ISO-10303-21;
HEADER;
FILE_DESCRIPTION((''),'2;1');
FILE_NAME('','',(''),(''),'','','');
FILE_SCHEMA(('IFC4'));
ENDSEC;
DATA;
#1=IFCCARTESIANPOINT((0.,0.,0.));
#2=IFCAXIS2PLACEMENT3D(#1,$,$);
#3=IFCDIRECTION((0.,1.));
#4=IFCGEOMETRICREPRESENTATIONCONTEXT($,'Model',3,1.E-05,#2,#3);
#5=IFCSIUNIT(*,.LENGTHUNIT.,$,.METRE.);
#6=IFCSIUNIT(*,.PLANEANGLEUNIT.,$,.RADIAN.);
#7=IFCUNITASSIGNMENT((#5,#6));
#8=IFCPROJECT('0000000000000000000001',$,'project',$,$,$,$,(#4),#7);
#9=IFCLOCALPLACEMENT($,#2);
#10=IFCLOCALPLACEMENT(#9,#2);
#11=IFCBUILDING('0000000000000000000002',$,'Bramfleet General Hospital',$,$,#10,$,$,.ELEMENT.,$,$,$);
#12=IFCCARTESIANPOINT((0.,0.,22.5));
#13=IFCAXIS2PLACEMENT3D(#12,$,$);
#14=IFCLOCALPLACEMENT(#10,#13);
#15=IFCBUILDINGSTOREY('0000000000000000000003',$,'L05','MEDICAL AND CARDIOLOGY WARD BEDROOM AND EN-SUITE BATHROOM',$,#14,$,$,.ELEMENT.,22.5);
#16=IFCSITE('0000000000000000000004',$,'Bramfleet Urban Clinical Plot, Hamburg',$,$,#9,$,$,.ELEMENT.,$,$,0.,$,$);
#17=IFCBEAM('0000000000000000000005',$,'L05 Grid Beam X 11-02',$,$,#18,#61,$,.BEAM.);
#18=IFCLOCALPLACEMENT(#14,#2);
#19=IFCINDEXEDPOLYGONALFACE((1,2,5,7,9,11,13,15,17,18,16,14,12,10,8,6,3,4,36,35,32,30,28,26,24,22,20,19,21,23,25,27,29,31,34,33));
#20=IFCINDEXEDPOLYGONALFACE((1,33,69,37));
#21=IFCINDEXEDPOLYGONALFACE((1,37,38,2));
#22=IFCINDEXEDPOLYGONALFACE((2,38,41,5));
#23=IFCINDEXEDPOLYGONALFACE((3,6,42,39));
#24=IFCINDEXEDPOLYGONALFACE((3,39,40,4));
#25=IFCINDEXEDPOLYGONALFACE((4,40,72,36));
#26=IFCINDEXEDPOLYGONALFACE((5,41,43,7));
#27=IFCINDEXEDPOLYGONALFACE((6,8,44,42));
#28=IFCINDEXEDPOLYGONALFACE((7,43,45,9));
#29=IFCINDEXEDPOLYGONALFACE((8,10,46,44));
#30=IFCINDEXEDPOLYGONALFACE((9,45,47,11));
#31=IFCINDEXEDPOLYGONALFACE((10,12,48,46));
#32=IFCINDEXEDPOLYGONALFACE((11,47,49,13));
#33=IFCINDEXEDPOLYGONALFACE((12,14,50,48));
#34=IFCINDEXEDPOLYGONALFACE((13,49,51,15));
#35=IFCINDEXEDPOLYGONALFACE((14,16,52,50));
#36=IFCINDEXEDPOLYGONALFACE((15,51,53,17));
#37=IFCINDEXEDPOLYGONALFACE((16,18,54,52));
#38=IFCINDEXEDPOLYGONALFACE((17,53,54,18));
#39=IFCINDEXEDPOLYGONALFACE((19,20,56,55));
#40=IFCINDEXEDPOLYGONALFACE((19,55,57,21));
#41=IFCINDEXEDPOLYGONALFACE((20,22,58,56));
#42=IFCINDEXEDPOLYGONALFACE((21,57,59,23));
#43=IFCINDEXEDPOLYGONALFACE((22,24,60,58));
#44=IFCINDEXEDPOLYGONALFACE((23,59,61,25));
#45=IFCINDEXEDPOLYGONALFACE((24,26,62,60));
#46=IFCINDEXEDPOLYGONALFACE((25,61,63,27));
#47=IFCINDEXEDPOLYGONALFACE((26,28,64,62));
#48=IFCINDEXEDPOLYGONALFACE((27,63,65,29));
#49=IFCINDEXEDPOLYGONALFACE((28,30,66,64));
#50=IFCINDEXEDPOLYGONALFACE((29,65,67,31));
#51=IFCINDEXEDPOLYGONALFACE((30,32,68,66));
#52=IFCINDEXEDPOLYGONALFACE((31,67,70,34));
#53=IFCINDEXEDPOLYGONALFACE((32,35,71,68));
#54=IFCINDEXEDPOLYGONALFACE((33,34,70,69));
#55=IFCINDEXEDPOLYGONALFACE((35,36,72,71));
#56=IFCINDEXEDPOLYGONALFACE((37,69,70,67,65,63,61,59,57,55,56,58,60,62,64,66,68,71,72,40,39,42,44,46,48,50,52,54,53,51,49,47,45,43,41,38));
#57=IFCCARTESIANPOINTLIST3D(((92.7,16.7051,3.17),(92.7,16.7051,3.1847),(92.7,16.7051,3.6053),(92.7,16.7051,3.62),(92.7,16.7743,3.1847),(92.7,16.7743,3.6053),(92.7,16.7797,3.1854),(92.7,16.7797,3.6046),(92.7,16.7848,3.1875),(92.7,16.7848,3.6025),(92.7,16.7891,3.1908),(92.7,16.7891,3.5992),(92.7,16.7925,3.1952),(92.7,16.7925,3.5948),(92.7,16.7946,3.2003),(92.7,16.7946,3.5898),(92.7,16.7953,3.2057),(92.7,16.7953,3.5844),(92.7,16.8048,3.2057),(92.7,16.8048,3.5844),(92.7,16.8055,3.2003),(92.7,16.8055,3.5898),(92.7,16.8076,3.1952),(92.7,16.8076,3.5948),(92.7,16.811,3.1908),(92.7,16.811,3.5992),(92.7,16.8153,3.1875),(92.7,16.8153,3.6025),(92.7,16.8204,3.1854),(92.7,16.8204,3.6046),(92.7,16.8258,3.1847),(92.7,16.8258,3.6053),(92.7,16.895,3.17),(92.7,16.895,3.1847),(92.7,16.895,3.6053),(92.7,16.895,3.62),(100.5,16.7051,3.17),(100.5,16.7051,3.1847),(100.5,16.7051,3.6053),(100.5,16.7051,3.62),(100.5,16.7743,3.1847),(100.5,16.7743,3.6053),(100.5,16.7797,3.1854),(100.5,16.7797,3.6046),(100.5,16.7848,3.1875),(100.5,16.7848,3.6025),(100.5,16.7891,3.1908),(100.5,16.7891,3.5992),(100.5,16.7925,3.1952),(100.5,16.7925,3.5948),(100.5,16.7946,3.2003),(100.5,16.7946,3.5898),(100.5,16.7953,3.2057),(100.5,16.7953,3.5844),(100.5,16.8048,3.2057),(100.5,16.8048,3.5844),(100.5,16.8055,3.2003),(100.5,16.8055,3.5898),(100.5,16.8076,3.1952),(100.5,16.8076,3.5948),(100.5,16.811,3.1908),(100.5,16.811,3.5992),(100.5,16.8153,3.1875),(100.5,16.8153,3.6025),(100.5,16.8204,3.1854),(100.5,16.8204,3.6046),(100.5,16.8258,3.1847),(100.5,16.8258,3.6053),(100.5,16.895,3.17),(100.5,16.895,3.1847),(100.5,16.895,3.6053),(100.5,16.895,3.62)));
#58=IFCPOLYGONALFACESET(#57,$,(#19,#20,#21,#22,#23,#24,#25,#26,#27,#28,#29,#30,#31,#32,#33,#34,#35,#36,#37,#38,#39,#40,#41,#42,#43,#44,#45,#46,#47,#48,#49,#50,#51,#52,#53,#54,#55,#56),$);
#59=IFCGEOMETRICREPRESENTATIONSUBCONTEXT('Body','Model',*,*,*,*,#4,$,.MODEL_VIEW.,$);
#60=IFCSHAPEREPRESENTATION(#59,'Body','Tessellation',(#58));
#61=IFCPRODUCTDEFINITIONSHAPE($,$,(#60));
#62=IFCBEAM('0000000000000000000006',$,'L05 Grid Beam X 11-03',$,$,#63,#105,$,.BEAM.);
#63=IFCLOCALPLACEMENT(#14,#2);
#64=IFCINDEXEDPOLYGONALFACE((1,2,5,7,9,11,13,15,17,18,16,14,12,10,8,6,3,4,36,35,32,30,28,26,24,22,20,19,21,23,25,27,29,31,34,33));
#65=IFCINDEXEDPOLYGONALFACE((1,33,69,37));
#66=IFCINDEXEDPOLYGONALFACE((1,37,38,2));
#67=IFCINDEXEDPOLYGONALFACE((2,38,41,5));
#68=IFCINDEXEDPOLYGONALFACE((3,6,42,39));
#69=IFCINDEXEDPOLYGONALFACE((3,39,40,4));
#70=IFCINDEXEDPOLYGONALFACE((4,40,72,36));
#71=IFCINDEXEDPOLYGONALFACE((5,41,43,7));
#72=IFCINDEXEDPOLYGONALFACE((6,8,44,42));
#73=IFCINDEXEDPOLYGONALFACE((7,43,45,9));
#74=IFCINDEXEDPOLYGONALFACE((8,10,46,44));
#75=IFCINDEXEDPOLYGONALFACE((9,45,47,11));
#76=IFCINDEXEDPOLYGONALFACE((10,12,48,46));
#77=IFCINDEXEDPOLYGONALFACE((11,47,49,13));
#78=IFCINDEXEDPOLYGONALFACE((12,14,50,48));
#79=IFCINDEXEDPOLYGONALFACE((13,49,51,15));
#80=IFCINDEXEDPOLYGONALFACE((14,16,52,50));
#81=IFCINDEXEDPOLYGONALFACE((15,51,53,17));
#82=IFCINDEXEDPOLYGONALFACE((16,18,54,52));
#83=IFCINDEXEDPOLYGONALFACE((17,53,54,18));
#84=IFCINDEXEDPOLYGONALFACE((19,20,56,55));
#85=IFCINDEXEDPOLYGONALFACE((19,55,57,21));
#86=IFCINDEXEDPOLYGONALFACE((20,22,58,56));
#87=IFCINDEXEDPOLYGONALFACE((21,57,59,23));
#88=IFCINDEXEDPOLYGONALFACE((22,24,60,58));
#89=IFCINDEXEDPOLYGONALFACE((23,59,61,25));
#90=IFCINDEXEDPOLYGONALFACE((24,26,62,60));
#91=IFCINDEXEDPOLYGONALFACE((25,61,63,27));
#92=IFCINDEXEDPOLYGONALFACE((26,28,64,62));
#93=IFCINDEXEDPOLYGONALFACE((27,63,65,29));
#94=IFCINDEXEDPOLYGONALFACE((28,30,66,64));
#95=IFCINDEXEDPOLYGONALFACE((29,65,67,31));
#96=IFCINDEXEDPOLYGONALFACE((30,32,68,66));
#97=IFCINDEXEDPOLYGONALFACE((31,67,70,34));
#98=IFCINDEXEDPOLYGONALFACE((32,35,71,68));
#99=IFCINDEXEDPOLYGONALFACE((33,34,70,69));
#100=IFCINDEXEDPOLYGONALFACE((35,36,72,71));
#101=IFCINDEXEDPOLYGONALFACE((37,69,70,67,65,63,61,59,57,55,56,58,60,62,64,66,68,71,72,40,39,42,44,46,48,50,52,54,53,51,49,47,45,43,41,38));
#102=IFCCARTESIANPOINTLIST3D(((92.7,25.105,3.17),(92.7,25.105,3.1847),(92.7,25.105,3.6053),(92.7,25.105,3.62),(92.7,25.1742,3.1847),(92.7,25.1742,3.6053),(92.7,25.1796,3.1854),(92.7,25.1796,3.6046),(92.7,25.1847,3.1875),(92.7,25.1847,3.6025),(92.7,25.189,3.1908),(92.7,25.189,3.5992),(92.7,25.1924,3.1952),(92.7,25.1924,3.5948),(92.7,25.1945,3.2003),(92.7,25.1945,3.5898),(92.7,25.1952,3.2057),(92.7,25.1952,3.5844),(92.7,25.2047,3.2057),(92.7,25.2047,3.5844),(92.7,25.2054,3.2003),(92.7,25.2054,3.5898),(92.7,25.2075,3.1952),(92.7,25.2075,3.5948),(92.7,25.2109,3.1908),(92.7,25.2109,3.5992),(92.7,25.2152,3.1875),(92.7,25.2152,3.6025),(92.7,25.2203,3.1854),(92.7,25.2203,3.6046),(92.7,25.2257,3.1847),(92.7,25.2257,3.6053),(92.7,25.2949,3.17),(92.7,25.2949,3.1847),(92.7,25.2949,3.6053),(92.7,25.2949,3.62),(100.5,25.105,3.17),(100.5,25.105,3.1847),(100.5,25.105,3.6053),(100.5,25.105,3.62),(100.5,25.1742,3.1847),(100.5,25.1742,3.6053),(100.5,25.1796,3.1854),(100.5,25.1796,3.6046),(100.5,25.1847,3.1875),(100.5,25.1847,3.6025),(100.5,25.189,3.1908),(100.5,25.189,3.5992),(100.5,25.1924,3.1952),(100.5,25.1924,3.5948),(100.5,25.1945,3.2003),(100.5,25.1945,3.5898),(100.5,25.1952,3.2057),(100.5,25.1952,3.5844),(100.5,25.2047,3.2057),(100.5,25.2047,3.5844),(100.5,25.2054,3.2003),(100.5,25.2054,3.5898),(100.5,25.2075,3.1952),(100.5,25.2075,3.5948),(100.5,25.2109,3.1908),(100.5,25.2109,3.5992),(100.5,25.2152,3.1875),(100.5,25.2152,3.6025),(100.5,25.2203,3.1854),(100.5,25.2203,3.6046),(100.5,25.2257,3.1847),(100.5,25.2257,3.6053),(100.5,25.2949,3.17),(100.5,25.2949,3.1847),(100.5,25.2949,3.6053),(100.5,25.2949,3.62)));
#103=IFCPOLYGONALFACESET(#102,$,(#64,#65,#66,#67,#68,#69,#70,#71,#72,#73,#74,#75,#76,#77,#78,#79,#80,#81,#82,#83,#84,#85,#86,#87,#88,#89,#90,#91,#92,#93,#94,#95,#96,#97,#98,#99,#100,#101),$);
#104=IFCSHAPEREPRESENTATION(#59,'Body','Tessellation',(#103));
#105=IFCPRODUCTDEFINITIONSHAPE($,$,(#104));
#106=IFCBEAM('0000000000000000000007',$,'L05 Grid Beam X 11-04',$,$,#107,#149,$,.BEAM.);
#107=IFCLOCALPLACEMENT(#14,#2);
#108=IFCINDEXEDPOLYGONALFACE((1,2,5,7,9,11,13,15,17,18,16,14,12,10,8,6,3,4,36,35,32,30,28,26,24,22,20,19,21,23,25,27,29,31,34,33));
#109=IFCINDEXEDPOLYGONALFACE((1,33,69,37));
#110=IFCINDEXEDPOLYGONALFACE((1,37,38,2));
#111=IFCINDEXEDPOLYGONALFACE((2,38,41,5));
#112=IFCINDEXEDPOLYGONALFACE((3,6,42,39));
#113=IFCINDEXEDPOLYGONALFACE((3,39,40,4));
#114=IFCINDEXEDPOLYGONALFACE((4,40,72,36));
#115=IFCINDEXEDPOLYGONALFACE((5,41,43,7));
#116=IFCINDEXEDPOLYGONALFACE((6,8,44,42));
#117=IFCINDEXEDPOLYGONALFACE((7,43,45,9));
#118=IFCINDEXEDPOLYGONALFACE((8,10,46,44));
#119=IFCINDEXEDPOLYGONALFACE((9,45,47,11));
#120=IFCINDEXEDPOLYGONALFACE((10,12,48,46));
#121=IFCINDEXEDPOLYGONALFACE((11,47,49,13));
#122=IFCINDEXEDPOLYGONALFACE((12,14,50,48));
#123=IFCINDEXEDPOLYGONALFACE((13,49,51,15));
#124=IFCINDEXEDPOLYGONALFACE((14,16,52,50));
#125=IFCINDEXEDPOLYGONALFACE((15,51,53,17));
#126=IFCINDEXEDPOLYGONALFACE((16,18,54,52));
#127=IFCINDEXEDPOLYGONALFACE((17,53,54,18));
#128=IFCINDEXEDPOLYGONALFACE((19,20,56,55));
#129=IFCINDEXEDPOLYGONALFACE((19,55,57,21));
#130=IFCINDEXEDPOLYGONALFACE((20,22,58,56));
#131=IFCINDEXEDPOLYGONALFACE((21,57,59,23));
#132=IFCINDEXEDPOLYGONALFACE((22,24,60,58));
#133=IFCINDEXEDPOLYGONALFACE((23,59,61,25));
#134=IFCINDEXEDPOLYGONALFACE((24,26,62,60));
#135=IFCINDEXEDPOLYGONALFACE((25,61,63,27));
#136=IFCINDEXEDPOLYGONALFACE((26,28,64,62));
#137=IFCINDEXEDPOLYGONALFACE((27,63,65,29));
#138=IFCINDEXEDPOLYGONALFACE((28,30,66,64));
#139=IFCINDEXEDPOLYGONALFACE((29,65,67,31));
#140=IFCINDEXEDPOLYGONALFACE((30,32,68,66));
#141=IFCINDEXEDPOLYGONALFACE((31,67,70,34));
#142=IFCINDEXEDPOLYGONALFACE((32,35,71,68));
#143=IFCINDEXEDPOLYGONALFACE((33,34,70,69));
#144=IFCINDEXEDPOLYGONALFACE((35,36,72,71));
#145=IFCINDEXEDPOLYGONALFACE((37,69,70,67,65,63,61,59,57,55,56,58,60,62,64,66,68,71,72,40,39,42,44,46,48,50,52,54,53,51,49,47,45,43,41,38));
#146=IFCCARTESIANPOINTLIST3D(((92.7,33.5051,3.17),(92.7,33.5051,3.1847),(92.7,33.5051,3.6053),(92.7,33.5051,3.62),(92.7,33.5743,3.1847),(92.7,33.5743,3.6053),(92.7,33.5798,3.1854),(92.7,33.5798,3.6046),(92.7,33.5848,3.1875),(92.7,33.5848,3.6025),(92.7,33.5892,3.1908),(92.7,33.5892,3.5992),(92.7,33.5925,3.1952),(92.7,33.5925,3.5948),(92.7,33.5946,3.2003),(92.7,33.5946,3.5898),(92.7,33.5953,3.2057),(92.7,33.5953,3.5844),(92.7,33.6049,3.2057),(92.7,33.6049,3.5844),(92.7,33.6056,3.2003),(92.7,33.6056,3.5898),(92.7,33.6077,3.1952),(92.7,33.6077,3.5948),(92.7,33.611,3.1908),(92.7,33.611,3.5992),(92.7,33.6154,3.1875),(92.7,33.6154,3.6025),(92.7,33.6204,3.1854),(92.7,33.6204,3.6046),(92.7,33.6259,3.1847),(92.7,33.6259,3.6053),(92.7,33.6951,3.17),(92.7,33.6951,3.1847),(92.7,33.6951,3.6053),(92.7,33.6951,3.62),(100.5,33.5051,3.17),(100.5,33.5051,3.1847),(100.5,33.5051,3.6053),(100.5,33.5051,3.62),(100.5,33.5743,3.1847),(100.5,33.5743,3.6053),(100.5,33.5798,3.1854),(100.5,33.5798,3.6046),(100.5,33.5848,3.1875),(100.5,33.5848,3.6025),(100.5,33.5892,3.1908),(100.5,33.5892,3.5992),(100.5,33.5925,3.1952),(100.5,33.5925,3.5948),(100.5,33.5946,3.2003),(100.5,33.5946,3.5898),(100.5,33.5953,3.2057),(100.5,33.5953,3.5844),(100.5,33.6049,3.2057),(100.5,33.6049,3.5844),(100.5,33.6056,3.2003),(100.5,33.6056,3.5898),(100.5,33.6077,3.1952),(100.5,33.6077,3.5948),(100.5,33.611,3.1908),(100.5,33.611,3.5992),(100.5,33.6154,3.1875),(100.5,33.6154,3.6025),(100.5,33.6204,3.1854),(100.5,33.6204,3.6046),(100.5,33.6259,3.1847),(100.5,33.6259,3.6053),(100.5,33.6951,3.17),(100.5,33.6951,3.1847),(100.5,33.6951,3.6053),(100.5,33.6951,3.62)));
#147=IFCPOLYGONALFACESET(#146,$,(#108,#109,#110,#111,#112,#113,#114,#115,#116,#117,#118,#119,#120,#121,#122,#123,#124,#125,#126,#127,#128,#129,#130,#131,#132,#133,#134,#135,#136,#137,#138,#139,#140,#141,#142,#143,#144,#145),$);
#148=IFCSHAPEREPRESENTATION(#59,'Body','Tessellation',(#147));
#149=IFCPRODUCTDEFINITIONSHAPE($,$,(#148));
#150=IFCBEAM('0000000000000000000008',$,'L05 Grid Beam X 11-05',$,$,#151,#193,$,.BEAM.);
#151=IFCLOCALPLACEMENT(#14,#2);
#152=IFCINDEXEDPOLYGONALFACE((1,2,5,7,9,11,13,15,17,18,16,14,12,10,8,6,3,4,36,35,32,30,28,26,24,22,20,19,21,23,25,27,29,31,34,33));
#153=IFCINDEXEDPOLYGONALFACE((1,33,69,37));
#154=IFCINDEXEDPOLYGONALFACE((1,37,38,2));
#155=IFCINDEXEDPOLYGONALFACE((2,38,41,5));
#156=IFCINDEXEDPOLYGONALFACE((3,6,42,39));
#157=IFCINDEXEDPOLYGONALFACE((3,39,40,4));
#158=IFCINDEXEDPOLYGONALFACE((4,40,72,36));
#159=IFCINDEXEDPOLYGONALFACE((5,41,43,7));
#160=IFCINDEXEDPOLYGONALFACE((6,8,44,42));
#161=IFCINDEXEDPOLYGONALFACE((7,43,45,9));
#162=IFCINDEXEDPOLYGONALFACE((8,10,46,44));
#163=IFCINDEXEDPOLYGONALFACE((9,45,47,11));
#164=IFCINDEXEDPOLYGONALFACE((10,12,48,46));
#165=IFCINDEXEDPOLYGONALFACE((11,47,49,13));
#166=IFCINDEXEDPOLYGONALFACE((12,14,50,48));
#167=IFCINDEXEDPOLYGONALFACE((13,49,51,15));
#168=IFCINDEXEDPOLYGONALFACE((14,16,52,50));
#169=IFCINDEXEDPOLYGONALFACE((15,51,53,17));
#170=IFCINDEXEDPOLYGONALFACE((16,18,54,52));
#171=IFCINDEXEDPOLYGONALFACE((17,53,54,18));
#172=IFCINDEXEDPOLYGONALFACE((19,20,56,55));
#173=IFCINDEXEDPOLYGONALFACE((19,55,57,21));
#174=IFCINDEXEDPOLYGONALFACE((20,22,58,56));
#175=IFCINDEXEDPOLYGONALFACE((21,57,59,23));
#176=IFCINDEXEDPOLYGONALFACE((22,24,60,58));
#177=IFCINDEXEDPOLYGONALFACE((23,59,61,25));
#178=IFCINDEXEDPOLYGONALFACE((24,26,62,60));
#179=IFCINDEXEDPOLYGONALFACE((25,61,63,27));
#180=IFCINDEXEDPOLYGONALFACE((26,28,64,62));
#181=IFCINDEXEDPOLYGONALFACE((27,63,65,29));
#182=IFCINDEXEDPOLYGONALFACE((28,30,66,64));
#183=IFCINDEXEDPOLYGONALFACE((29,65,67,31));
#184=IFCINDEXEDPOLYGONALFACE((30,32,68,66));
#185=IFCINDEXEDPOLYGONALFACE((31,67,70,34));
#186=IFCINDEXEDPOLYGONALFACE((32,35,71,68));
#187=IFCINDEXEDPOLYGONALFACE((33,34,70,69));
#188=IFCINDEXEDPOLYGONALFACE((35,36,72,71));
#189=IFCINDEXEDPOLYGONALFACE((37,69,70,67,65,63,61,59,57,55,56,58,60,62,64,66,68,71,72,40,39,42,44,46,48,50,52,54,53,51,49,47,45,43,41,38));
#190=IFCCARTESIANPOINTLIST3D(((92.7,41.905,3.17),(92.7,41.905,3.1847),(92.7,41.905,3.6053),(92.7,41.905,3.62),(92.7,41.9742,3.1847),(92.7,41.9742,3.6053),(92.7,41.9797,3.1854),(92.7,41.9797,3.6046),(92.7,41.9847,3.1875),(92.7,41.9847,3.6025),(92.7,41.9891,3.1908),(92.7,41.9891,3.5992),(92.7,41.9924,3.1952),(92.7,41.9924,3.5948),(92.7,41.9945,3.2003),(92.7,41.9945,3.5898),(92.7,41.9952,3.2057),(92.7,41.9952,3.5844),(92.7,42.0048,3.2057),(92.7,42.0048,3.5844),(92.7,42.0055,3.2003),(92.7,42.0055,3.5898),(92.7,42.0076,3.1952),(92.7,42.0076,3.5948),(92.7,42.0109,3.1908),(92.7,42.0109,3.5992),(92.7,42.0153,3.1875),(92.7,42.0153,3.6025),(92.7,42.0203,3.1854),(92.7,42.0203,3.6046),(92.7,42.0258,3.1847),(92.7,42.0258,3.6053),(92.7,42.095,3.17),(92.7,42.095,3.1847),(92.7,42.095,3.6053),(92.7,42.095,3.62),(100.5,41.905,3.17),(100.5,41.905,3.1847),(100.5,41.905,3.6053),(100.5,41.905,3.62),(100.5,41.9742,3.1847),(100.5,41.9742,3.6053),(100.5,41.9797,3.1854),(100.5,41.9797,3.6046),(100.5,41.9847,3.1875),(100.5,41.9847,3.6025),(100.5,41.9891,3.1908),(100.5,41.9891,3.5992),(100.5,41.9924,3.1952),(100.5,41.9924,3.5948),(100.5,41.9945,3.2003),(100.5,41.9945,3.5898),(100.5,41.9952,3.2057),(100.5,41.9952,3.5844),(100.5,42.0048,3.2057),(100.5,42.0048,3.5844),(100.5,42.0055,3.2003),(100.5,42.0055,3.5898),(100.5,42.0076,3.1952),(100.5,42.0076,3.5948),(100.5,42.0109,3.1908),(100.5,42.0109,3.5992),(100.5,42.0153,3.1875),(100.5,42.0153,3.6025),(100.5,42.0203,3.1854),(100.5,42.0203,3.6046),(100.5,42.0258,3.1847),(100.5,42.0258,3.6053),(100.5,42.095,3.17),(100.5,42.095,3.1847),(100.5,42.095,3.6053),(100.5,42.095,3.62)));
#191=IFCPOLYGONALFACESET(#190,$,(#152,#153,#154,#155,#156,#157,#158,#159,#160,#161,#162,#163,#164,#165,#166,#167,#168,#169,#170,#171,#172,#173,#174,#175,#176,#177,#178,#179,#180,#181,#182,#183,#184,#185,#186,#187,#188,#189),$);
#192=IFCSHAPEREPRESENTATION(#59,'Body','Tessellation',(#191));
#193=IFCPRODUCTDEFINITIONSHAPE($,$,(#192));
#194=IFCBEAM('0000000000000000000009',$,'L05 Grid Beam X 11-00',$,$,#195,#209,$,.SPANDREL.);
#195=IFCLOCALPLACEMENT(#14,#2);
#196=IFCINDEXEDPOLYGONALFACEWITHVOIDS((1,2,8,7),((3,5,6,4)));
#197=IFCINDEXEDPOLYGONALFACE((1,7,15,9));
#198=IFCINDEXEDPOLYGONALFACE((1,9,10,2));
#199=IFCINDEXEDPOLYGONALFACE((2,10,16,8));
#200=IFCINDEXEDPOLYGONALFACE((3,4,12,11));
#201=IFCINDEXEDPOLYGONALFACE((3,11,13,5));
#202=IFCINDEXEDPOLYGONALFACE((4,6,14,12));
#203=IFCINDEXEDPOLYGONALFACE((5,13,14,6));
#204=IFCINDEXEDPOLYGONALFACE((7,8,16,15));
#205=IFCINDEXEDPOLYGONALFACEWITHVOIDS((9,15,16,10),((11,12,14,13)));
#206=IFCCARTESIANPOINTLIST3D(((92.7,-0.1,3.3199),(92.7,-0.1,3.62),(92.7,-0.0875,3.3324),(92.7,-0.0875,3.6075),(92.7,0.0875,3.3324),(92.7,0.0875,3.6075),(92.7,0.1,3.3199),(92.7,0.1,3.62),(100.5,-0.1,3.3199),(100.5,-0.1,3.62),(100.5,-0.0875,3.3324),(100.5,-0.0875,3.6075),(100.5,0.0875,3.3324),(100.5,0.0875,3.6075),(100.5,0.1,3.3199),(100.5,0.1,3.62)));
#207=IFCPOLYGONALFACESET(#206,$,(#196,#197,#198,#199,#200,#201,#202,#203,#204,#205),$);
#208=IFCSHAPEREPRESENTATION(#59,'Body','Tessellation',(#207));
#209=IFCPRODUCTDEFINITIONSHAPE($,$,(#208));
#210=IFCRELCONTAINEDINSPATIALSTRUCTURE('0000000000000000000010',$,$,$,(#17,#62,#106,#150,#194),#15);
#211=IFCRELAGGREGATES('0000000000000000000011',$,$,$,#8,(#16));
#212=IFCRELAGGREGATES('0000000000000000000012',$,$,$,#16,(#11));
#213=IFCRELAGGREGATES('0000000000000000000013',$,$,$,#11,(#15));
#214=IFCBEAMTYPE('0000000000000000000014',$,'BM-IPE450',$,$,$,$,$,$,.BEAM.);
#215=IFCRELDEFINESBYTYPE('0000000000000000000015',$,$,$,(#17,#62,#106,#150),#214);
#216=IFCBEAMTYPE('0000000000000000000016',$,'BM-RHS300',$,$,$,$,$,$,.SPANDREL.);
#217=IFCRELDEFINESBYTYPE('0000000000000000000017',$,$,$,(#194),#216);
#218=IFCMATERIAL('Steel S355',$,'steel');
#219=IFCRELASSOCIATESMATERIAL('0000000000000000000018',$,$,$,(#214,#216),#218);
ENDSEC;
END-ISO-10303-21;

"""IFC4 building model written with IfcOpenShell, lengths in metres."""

from ifc_helpers import new_model, si_unit, direction, frame, origin, origin_2d, place, context, subcontext, project, spatial, hollow_rectangle, i_section, extrude, material, material_profile, profile_set, type_object, element, save


model = new_model("IFC4")

# Units and contexts
model_context = context("Model", 3, precision=1e-05, world=origin(), true_north=direction((0.0, 1.0)))
body_context = subcontext(model_context, "Body", "Model", "MODEL_VIEW")
ifc_project = project(units=[si_unit("LENGTHUNIT", "METRE"), si_unit("PLANEANGLEUNIT", "RADIAN")], contexts=[model_context])

# Site, building, storey
site_placement = place(None, origin())
site = spatial("IfcSite", under=ifc_project, at=site_placement, Name="Bramfleet Urban Clinical Plot, Hamburg", CompositionType="ELEMENT", RefElevation=0.0)
building_placement = place(site_placement, origin())
building = spatial("IfcBuilding", under=site, at=building_placement, Name="Bramfleet General Hospital", CompositionType="ELEMENT")
storey_placement = place(building_placement, frame((0.0, 0.0, 22.5)))
storey = spatial("IfcBuildingStorey", under=building, at=storey_placement, Name="L05", Description="MEDICAL AND CARDIOLOGY WARD BEDROOM AND EN-SUITE BATHROOM", CompositionType="ELEMENT", Elevation=22.5)

# Beams
ifc_material_1 = material(Name="Steel S355", Category="steel")
ifc_material_profile_1 = material_profile(ifc_material_1, i_section(OverallWidth=0.1899, OverallDepth=0.45, WebThickness=0.0095, FlangeThickness=0.0146, FilletRadius=0.021, at=origin_2d()), Name="IPE 450")
ifc_profile_set_1 = profile_set([ifc_material_profile_1], Name="Steel S355")
beam_type_1 = type_object("IfcBeamType", Name="BM-IPE450", PredefinedType="BEAM", material=ifc_profile_set_1)
for number, where, z_axis, x_axis, name in (
    (1, (92.7, 16.8, 3.395), (1.0, 0.0, 0.0), (0.0, 1.0, 0.0), "L05 Grid Beam X 11-02"),
    (2, (92.7, 25.2, 3.395), (1.0, 0.0, 0.0), (0.0, 1.0, 0.0), "L05 Grid Beam X 11-03"),
    (3, (92.7, 33.6001, 3.395), (1.0, 0.0, 0.0), (0.0, 1.0, 0.0), "L05 Grid Beam X 11-04"),
    (4, (92.7, 42.0, 3.395), (1.0, 0.0, 0.0), (0.0, 1.0, 0.0), "L05 Grid Beam X 11-05"),
):
    element("IfcBeam", number, at=place(storey_placement, frame(where, z_axis=z_axis, x_axis=x_axis)), inside=storey, type_object=beam_type_1, Name=name, PredefinedType="BEAM", context=body_context, shape_type="SweptSolid", body=[
        extrude(i_section(OverallWidth=0.1899, OverallDepth=0.45, WebThickness=0.0095, FlangeThickness=0.0146, FilletRadius=0.021, at=origin_2d()), origin(), (0.0, 0.0, 1.0), 7.8),
    ])
ifc_material_profile_2 = material_profile(ifc_material_1, hollow_rectangle(XDim=0.2, YDim=0.3, WallThickness=0.0125, at=origin_2d()), Name="RHS 300x200x12.5")
ifc_profile_set_2 = profile_set([ifc_material_profile_2], Name="Steel S355")
beam_type_2 = type_object("IfcBeamType", Name="BM-RHS300", PredefinedType="SPANDREL", material=ifc_profile_set_2)
beam_placement = place(storey_placement, frame((92.7, 0.0, 3.47), z_axis=(1.0, 0.0, 0.0), x_axis=(0.0, 1.0, 0.0)))
element("IfcBeam", 5, at=beam_placement, inside=storey, type_object=beam_type_2, Name="L05 Grid Beam X 11-00", PredefinedType="SPANDREL", context=body_context, shape_type="SweptSolid", body=[
    extrude(hollow_rectangle(XDim=0.2, YDim=0.3, WallThickness=0.0125, at=origin_2d()), origin(), (0.0, 0.0, 1.0), 7.8),
])

save(model, "model.ifc")
